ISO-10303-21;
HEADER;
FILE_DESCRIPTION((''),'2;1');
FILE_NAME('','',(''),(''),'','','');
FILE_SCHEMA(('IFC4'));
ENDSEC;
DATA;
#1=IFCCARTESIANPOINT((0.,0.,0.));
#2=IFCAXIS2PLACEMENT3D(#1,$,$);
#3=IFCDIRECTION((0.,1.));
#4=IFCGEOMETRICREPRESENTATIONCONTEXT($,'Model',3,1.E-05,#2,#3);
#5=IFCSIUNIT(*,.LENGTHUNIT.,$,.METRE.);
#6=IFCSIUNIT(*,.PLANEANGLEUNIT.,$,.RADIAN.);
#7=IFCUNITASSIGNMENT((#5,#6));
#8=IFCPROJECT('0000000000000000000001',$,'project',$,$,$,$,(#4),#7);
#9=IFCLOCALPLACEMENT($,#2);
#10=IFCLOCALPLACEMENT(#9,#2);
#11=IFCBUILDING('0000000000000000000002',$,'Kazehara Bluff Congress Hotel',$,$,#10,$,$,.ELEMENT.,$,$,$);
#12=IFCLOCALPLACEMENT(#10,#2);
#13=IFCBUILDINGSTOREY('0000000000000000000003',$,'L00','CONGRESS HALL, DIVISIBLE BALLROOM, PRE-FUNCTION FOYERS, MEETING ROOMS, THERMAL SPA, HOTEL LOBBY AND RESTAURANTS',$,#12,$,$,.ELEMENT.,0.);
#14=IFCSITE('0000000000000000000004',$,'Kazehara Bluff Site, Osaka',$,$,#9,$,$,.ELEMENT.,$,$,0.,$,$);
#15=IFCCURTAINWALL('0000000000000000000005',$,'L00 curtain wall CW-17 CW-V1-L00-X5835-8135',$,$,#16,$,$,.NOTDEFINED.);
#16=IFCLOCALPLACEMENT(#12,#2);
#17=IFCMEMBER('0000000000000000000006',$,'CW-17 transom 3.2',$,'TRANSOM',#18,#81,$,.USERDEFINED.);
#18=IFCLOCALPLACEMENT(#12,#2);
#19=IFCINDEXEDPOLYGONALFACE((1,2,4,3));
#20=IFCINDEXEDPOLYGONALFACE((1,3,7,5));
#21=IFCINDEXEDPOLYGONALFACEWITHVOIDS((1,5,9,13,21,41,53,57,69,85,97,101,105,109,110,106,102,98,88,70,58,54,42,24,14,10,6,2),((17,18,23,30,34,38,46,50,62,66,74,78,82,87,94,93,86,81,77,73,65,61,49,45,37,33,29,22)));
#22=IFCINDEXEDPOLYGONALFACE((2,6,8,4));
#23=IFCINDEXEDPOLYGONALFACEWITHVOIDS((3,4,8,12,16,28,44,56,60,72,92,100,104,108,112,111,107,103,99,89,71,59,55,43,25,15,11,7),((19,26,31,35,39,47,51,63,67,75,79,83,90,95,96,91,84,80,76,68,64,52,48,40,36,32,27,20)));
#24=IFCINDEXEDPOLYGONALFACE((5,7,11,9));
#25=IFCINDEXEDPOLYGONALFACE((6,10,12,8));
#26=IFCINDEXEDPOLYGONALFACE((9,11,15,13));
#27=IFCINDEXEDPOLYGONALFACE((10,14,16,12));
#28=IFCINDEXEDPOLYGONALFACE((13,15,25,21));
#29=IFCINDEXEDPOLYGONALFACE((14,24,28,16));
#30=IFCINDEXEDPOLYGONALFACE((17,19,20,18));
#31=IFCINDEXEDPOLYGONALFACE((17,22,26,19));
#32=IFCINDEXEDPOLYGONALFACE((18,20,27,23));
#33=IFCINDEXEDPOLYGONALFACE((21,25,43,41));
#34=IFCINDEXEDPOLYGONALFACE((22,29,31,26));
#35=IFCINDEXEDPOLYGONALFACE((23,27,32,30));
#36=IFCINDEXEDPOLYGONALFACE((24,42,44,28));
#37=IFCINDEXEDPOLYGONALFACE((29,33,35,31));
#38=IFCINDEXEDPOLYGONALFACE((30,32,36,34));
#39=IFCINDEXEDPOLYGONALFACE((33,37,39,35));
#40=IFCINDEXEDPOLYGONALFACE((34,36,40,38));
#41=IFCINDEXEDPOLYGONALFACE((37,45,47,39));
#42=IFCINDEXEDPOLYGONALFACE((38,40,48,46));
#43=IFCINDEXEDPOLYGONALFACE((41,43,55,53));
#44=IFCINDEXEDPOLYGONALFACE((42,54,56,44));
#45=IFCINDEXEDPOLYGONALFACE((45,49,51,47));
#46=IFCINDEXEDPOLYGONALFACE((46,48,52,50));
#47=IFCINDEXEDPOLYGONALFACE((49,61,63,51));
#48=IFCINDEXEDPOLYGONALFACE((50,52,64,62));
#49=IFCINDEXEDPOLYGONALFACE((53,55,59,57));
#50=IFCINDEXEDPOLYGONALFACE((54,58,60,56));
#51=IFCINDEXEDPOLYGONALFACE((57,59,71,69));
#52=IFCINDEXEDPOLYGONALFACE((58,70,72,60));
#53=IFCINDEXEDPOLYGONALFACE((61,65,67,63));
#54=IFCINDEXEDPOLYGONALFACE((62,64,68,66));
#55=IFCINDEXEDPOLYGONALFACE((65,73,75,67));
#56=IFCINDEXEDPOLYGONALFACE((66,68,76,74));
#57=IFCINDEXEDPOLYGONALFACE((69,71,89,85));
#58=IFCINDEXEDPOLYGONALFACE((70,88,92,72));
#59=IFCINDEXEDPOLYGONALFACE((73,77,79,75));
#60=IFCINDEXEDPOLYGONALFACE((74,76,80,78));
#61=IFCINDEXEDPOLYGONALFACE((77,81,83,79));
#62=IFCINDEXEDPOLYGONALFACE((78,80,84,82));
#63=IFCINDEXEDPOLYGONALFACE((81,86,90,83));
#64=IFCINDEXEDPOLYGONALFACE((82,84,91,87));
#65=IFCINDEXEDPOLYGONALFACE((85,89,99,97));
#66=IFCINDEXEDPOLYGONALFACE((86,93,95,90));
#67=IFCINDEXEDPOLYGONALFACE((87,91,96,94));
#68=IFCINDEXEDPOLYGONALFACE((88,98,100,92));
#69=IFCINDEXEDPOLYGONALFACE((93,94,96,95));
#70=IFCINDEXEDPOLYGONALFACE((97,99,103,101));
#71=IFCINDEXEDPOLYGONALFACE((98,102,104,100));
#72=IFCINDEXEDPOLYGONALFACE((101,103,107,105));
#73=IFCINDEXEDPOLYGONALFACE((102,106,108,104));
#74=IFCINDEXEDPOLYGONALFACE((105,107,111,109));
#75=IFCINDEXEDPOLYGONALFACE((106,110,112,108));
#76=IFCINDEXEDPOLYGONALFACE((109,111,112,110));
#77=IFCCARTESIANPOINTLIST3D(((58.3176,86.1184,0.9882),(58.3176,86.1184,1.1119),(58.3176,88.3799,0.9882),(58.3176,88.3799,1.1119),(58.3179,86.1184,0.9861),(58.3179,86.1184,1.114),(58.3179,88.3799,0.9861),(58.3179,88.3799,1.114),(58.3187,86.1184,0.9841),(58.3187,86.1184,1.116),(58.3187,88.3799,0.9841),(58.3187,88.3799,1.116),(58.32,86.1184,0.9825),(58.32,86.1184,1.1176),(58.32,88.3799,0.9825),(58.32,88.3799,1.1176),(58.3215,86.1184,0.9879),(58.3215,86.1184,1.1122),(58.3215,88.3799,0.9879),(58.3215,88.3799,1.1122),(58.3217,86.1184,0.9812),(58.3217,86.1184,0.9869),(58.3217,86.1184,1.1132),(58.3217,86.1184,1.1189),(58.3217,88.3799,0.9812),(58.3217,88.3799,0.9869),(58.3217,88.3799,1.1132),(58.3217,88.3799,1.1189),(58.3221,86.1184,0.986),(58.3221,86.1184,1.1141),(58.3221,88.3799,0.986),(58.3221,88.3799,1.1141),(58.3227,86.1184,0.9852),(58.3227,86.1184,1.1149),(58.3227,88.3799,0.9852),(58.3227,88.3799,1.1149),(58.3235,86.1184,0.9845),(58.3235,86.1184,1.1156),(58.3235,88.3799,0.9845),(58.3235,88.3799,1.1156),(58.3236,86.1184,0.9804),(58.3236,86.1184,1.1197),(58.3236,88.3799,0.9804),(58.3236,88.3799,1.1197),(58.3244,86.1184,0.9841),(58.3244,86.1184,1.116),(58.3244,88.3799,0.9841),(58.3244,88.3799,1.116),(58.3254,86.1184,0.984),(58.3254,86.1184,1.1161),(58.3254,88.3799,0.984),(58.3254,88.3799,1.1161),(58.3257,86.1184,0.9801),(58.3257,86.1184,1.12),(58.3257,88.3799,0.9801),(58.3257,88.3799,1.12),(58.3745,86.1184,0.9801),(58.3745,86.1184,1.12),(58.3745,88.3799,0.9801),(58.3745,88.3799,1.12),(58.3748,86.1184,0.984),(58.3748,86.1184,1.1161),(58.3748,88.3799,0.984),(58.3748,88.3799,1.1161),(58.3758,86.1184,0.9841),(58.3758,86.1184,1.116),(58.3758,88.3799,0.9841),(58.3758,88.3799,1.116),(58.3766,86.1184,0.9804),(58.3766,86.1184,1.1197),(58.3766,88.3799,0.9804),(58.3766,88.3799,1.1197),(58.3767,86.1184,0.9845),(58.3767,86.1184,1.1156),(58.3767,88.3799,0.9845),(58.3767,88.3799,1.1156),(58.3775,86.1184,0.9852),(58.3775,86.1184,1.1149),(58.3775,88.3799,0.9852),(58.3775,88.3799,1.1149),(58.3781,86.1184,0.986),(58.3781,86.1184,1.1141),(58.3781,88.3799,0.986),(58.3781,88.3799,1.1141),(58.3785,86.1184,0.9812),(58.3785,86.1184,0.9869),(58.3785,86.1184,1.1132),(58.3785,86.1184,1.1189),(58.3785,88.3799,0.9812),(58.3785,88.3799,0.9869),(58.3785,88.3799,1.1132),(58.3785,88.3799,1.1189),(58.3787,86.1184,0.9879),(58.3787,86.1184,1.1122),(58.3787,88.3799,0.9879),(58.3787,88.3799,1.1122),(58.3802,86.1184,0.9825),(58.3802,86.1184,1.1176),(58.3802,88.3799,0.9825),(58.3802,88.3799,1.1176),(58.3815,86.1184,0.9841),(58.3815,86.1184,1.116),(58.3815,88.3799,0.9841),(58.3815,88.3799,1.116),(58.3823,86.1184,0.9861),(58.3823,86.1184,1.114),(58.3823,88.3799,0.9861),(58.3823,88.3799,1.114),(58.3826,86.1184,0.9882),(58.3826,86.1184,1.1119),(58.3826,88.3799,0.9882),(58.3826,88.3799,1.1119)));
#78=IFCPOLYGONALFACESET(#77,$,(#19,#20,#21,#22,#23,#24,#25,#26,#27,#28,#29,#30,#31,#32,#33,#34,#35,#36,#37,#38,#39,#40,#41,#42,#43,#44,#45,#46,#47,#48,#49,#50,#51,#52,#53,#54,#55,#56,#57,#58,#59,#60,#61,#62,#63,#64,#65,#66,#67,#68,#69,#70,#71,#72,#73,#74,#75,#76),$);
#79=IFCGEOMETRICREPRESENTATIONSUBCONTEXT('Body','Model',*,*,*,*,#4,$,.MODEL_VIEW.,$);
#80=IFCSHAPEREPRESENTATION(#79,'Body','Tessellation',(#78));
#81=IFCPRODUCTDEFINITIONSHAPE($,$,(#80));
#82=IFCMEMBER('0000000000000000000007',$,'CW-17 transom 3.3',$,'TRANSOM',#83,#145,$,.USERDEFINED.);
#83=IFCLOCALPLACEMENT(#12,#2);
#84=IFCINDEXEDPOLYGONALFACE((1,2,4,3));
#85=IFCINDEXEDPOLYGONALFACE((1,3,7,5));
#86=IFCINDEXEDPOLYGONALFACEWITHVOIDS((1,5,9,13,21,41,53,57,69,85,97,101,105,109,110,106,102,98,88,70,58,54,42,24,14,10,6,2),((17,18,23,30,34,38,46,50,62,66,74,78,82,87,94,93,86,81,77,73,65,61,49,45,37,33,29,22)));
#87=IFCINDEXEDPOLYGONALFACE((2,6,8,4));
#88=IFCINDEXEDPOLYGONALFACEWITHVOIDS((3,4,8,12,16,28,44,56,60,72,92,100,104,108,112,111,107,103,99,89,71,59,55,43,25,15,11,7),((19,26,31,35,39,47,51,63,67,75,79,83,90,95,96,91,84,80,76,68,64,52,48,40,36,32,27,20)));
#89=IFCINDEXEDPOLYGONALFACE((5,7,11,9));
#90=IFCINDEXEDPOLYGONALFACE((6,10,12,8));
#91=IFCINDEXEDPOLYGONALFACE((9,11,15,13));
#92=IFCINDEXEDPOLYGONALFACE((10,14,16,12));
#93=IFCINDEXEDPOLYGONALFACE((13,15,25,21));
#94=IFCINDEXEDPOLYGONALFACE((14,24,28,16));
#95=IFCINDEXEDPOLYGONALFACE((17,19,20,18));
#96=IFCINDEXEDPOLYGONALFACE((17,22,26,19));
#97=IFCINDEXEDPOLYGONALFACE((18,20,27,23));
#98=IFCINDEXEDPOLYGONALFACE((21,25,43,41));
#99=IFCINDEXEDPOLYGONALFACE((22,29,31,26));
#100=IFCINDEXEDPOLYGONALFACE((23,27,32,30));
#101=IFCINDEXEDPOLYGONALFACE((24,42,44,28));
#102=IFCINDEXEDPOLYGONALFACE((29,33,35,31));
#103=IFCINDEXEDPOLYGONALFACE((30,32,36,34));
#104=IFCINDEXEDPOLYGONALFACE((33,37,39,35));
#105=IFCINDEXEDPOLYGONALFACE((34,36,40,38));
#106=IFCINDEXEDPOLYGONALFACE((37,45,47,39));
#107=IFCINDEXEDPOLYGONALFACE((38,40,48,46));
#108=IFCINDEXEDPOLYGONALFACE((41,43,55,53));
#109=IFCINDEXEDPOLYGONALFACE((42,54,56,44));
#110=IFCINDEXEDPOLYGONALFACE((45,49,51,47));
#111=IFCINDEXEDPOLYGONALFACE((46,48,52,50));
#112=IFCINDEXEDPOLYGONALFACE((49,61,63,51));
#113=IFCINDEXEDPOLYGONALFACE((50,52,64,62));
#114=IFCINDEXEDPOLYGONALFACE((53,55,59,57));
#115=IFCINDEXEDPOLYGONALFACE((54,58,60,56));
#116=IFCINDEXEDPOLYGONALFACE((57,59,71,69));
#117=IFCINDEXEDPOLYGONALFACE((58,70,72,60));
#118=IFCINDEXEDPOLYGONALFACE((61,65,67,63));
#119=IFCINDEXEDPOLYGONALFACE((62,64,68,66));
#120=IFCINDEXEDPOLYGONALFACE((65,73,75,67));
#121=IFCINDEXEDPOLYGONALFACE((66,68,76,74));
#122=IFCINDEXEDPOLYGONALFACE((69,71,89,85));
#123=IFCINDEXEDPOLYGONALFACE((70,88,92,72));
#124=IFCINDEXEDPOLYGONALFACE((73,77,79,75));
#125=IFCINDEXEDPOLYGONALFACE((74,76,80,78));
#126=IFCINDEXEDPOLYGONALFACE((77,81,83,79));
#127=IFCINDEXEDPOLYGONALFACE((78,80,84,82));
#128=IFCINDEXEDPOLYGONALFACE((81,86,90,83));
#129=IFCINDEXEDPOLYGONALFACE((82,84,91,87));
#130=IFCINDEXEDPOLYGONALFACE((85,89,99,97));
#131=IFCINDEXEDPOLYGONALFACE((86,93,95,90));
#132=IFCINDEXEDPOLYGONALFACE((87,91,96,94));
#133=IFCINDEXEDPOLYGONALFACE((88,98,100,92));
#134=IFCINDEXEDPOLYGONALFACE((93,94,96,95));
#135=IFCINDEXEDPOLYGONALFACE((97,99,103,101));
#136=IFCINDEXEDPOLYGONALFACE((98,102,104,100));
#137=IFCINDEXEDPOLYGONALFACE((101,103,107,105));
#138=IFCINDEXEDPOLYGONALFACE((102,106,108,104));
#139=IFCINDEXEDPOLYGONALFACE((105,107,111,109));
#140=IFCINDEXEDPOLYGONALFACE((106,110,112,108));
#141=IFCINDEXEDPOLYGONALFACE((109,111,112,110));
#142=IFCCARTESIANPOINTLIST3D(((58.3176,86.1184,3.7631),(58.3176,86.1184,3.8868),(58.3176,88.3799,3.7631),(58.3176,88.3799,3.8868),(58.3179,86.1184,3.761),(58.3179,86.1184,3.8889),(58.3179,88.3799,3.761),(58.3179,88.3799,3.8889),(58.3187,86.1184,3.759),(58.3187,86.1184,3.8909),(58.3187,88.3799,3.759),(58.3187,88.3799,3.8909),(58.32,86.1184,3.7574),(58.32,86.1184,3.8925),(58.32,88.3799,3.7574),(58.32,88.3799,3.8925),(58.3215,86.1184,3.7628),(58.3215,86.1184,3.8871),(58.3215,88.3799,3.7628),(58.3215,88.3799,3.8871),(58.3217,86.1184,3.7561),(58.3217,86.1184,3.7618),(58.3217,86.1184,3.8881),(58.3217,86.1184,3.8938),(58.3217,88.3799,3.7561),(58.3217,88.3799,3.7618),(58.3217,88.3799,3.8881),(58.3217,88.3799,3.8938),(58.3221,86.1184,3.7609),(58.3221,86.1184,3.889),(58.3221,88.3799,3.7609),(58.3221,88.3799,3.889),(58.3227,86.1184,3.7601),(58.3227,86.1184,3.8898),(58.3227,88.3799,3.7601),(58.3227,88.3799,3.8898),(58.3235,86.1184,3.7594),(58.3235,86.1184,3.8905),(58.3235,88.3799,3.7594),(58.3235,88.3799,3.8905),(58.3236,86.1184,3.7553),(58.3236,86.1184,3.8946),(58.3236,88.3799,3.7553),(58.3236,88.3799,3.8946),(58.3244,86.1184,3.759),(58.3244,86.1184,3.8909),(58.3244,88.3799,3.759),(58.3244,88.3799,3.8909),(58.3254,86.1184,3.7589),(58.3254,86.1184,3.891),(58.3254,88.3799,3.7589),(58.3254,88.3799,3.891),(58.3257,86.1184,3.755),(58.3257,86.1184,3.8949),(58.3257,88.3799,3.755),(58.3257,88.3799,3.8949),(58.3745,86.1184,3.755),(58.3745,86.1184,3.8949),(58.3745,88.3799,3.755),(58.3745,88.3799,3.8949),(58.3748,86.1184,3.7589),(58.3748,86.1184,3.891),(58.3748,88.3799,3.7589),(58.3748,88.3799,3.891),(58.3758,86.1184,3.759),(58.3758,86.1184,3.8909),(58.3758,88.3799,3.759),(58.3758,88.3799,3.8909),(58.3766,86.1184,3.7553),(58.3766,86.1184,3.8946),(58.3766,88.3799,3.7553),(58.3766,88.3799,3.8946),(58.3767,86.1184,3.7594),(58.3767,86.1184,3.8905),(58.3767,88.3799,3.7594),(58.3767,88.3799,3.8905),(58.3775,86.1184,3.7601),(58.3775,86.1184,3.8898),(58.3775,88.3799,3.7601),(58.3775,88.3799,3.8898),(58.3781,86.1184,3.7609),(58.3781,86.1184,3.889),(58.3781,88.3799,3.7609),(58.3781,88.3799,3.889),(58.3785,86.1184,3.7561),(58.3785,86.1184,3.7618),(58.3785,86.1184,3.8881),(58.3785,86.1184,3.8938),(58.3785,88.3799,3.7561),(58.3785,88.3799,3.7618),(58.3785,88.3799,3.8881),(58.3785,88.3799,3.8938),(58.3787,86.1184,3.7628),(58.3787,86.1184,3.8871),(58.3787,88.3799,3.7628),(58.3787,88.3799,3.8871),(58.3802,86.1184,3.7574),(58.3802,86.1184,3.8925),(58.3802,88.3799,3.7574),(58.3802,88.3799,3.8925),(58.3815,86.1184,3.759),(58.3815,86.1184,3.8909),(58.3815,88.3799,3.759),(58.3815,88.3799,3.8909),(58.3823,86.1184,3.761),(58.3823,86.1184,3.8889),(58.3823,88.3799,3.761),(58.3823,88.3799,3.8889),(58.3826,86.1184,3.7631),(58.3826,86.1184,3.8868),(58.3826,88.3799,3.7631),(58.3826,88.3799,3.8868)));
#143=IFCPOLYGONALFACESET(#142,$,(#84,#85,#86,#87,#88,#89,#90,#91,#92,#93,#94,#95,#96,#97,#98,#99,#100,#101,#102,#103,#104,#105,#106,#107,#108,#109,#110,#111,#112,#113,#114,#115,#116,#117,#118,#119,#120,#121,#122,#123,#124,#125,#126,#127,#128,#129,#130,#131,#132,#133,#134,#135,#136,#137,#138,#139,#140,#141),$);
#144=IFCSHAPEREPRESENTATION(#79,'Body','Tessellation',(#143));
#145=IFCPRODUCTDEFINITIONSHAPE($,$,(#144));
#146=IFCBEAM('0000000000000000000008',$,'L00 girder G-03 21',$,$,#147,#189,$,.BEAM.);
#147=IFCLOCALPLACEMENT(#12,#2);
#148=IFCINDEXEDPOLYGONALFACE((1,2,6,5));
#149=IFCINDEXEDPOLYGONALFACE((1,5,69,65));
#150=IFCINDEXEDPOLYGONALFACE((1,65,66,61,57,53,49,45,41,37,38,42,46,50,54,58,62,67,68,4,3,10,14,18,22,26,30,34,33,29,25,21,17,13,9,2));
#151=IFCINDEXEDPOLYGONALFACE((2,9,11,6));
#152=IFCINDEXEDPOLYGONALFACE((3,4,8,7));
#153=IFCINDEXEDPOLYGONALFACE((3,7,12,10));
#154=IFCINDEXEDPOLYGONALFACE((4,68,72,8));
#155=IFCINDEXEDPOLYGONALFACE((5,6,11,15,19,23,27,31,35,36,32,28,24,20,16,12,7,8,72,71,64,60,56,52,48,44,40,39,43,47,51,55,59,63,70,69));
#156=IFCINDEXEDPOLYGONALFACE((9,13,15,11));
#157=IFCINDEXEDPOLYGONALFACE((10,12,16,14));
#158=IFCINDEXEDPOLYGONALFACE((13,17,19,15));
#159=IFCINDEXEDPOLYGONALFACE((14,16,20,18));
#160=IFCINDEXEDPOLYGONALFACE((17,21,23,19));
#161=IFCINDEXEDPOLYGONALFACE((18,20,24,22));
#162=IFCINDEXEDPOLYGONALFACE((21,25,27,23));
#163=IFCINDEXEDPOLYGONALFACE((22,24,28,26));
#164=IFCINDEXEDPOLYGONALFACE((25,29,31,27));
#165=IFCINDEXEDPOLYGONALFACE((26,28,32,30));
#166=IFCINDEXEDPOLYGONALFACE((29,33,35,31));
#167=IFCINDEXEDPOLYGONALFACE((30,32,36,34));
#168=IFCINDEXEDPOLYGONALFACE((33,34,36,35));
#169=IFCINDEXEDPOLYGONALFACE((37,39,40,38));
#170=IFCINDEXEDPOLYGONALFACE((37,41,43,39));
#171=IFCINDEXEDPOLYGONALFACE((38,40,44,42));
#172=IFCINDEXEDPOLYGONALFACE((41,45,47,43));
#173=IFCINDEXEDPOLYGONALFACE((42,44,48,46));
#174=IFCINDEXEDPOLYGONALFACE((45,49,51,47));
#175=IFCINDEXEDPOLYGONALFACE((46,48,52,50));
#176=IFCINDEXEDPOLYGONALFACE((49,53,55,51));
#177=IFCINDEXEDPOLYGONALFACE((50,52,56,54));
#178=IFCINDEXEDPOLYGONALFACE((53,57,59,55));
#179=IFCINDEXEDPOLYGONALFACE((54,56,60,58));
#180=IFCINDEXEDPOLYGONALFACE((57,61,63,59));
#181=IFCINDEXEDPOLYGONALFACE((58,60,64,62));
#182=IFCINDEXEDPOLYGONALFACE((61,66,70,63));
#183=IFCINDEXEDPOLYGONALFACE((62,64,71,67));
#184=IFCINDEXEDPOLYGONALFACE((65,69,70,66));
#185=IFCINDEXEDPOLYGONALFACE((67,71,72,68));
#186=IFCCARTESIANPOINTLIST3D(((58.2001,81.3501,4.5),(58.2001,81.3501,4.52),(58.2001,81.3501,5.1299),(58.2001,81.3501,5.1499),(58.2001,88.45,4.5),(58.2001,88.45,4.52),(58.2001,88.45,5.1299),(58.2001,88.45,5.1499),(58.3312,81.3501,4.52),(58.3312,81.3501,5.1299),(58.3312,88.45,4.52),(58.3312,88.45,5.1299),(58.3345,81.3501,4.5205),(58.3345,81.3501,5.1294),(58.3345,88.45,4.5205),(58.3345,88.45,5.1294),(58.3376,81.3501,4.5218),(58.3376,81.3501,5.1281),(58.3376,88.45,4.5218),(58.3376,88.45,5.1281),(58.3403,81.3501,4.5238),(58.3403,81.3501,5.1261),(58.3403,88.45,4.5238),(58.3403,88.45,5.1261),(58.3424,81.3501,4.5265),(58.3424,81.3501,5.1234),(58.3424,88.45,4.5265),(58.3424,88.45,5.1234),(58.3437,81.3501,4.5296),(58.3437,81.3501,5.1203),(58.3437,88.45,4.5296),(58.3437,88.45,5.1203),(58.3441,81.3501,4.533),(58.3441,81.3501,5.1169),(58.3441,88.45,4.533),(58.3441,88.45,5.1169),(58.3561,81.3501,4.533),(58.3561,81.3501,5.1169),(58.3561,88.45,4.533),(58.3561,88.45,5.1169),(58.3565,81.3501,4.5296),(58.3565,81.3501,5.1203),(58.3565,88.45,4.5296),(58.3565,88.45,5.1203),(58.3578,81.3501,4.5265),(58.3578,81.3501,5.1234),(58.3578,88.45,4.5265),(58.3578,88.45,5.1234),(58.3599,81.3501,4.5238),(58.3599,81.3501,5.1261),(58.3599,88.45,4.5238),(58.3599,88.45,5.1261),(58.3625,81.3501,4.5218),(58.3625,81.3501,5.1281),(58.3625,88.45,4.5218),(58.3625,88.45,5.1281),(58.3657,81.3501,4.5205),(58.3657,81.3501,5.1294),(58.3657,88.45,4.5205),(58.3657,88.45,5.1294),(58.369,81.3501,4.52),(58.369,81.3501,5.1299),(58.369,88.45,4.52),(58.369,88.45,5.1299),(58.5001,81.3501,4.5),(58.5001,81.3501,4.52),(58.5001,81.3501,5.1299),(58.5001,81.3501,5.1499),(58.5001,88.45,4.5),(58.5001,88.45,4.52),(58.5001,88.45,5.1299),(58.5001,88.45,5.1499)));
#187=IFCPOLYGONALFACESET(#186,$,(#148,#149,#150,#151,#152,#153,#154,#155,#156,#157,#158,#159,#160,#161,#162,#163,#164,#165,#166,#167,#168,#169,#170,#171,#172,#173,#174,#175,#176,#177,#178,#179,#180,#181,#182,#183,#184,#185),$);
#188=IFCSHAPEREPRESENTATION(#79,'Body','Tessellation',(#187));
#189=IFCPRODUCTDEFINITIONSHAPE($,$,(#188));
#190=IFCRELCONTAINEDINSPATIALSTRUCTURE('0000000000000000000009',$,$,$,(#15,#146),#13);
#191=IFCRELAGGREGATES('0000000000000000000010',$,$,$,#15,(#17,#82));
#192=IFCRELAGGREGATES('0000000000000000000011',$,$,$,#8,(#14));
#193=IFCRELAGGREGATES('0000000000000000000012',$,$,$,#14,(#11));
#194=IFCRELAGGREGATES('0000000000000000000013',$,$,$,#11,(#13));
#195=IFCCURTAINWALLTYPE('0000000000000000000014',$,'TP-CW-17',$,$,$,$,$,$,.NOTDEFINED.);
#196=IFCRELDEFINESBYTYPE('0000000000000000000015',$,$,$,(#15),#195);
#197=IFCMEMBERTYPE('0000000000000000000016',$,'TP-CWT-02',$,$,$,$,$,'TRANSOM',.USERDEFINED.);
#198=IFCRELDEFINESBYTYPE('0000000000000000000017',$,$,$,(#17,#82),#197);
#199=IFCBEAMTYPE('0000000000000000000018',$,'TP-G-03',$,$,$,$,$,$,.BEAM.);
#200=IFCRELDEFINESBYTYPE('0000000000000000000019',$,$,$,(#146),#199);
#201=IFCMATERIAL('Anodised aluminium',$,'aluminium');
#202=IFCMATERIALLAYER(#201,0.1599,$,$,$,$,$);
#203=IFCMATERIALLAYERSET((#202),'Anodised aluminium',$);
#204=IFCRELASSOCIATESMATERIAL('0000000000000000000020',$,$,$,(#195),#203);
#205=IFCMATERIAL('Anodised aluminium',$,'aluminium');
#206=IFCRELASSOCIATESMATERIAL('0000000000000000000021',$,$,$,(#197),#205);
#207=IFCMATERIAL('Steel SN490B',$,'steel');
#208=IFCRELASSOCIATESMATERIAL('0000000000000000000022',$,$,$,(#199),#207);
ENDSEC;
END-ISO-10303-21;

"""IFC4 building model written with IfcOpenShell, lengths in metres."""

from ifc_helpers import new_model, si_unit, direction, frame, origin, origin_2d, place, context, subcontext, project, spatial, hollow_rectangle, i_section, extrude, material, layer, layer_set, material_profile, profile_set, type_object, element, aggregate, save


model = new_model("IFC4")

# Units and contexts
model_context = context("Model", 3, precision=1e-05, world=origin(), true_north=direction((0.0, 1.0)))
body_context = subcontext(model_context, "Body", "Model", "MODEL_VIEW")
ifc_project = project(units=[si_unit("LENGTHUNIT", "METRE"), si_unit("PLANEANGLEUNIT", "RADIAN")], contexts=[model_context])

# Site, building, storey
site_placement = place(None, origin())
site = spatial("IfcSite", under=ifc_project, at=site_placement, Name="Kazehara Bluff Site, Osaka", CompositionType="ELEMENT", RefElevation=0.0)
building_placement = place(site_placement, origin())
building = spatial("IfcBuilding", under=site, at=building_placement, Name="Kazehara Bluff Congress Hotel", CompositionType="ELEMENT")
storey_placement = place(building_placement, origin())
storey = spatial("IfcBuildingStorey", under=building, at=storey_placement, Name="L00", Description="CONGRESS HALL, DIVISIBLE BALLROOM, PRE-FUNCTION FOYERS, MEETING ROOMS, THERMAL SPA, HOTEL LOBBY AND RESTAURANTS", CompositionType="ELEMENT", Elevation=0.0)

# Curtain wall, members
ifc_material_1 = material(Name="Anodised aluminium", Category="aluminium")
ifc_layer_1 = layer(ifc_material_1, 0.1599)
ifc_layer_set_1 = layer_set([ifc_layer_1], Name="Anodised aluminium")
curtain_wall_type = type_object("IfcCurtainWallType", Name="TP-CW-17", PredefinedType="NOTDEFINED", material=ifc_layer_set_1)
curtain_wall_placement = place(storey_placement, origin())
curtain_wall = element("IfcCurtainWall", 1, at=curtain_wall_placement, inside=storey, type_object=curtain_wall_type, Name="L00 curtain wall CW-17 CW-V1-L00-X5835-8135", PredefinedType="NOTDEFINED")
ifc_material_2 = material(Name="Anodised aluminium", Category="aluminium")
ifc_material_profile_1 = material_profile(ifc_material_2, hollow_rectangle(XDim=0.0649, YDim=0.1399, WallThickness=0.0039, InnerFilletRadius=0.0039, OuterFilletRadius=0.0081, at=origin_2d()))
ifc_profile_set_1 = profile_set([ifc_material_profile_1], Name="Anodised aluminium")
member_type_1 = type_object("IfcMemberType", Name="TP-CWT-02", ElementType="TRANSOM", PredefinedType="USERDEFINED", material=ifc_profile_set_1)
member_1_placement = place(storey_placement, frame((58.3501, 86.1184, 1.05), z_axis=(0.0, 1.0, 0.0), x_axis=(-1.0, 0.0, 0.0)))
member_1 = element("IfcMember", 2, at=member_1_placement, type_object=member_type_1, Name="CW-17 transom 3.2", ObjectType="TRANSOM", PredefinedType="USERDEFINED", context=body_context, shape_type="SweptSolid", body=[
    extrude(hollow_rectangle(XDim=0.0649, YDim=0.1399, WallThickness=0.0039, InnerFilletRadius=0.0039, OuterFilletRadius=0.0081, at=origin_2d()), origin(), (0.0, 0.0, 1.0), 2.2615),
])
member_2_placement = place(storey_placement, frame((58.3501, 86.1184, 3.825), z_axis=(0.0, 1.0, 0.0), x_axis=(-1.0, 0.0, 0.0)))
member_2 = element("IfcMember", 3, at=member_2_placement, type_object=member_type_1, Name="CW-17 transom 3.3", ObjectType="TRANSOM", PredefinedType="USERDEFINED", context=body_context, shape_type="SweptSolid", body=[
    extrude(hollow_rectangle(XDim=0.0649, YDim=0.1399, WallThickness=0.0039, InnerFilletRadius=0.0039, OuterFilletRadius=0.0081, at=origin_2d()), origin(), (0.0, 0.0, 1.0), 2.2615),
])

# Beam
ifc_material_3 = material(Name="Steel SN490B", Category="steel")
ifc_material_profile_2 = material_profile(ifc_material_3, i_section(OverallWidth=0.3, OverallDepth=0.6499, WebThickness=0.012, FlangeThickness=0.02, FilletRadius=0.0129, at=origin_2d()))
ifc_profile_set_2 = profile_set([ifc_material_profile_2], Name="Steel SN490B")
beam_type_1 = type_object("IfcBeamType", Name="TP-G-03", PredefinedType="BEAM", material=ifc_profile_set_2)
beam_placement = place(storey_placement, frame((58.3501, 81.3501, 4.825), z_axis=(0.0, 1.0, 0.0), x_axis=(-1.0, 0.0, 0.0)))
element("IfcBeam", 4, at=beam_placement, inside=storey, type_object=beam_type_1, Name="L00 girder G-03 21", PredefinedType="BEAM", context=body_context, shape_type="SweptSolid", body=[
    extrude(i_section(OverallWidth=0.3, OverallDepth=0.6499, WebThickness=0.012, FlangeThickness=0.02, FilletRadius=0.0129, at=origin_2d()), origin(), (0.0, 0.0, 1.0), 7.0999),
])

aggregate(curtain_wall, [member_1, member_2])

save(model, "model.ifc")
